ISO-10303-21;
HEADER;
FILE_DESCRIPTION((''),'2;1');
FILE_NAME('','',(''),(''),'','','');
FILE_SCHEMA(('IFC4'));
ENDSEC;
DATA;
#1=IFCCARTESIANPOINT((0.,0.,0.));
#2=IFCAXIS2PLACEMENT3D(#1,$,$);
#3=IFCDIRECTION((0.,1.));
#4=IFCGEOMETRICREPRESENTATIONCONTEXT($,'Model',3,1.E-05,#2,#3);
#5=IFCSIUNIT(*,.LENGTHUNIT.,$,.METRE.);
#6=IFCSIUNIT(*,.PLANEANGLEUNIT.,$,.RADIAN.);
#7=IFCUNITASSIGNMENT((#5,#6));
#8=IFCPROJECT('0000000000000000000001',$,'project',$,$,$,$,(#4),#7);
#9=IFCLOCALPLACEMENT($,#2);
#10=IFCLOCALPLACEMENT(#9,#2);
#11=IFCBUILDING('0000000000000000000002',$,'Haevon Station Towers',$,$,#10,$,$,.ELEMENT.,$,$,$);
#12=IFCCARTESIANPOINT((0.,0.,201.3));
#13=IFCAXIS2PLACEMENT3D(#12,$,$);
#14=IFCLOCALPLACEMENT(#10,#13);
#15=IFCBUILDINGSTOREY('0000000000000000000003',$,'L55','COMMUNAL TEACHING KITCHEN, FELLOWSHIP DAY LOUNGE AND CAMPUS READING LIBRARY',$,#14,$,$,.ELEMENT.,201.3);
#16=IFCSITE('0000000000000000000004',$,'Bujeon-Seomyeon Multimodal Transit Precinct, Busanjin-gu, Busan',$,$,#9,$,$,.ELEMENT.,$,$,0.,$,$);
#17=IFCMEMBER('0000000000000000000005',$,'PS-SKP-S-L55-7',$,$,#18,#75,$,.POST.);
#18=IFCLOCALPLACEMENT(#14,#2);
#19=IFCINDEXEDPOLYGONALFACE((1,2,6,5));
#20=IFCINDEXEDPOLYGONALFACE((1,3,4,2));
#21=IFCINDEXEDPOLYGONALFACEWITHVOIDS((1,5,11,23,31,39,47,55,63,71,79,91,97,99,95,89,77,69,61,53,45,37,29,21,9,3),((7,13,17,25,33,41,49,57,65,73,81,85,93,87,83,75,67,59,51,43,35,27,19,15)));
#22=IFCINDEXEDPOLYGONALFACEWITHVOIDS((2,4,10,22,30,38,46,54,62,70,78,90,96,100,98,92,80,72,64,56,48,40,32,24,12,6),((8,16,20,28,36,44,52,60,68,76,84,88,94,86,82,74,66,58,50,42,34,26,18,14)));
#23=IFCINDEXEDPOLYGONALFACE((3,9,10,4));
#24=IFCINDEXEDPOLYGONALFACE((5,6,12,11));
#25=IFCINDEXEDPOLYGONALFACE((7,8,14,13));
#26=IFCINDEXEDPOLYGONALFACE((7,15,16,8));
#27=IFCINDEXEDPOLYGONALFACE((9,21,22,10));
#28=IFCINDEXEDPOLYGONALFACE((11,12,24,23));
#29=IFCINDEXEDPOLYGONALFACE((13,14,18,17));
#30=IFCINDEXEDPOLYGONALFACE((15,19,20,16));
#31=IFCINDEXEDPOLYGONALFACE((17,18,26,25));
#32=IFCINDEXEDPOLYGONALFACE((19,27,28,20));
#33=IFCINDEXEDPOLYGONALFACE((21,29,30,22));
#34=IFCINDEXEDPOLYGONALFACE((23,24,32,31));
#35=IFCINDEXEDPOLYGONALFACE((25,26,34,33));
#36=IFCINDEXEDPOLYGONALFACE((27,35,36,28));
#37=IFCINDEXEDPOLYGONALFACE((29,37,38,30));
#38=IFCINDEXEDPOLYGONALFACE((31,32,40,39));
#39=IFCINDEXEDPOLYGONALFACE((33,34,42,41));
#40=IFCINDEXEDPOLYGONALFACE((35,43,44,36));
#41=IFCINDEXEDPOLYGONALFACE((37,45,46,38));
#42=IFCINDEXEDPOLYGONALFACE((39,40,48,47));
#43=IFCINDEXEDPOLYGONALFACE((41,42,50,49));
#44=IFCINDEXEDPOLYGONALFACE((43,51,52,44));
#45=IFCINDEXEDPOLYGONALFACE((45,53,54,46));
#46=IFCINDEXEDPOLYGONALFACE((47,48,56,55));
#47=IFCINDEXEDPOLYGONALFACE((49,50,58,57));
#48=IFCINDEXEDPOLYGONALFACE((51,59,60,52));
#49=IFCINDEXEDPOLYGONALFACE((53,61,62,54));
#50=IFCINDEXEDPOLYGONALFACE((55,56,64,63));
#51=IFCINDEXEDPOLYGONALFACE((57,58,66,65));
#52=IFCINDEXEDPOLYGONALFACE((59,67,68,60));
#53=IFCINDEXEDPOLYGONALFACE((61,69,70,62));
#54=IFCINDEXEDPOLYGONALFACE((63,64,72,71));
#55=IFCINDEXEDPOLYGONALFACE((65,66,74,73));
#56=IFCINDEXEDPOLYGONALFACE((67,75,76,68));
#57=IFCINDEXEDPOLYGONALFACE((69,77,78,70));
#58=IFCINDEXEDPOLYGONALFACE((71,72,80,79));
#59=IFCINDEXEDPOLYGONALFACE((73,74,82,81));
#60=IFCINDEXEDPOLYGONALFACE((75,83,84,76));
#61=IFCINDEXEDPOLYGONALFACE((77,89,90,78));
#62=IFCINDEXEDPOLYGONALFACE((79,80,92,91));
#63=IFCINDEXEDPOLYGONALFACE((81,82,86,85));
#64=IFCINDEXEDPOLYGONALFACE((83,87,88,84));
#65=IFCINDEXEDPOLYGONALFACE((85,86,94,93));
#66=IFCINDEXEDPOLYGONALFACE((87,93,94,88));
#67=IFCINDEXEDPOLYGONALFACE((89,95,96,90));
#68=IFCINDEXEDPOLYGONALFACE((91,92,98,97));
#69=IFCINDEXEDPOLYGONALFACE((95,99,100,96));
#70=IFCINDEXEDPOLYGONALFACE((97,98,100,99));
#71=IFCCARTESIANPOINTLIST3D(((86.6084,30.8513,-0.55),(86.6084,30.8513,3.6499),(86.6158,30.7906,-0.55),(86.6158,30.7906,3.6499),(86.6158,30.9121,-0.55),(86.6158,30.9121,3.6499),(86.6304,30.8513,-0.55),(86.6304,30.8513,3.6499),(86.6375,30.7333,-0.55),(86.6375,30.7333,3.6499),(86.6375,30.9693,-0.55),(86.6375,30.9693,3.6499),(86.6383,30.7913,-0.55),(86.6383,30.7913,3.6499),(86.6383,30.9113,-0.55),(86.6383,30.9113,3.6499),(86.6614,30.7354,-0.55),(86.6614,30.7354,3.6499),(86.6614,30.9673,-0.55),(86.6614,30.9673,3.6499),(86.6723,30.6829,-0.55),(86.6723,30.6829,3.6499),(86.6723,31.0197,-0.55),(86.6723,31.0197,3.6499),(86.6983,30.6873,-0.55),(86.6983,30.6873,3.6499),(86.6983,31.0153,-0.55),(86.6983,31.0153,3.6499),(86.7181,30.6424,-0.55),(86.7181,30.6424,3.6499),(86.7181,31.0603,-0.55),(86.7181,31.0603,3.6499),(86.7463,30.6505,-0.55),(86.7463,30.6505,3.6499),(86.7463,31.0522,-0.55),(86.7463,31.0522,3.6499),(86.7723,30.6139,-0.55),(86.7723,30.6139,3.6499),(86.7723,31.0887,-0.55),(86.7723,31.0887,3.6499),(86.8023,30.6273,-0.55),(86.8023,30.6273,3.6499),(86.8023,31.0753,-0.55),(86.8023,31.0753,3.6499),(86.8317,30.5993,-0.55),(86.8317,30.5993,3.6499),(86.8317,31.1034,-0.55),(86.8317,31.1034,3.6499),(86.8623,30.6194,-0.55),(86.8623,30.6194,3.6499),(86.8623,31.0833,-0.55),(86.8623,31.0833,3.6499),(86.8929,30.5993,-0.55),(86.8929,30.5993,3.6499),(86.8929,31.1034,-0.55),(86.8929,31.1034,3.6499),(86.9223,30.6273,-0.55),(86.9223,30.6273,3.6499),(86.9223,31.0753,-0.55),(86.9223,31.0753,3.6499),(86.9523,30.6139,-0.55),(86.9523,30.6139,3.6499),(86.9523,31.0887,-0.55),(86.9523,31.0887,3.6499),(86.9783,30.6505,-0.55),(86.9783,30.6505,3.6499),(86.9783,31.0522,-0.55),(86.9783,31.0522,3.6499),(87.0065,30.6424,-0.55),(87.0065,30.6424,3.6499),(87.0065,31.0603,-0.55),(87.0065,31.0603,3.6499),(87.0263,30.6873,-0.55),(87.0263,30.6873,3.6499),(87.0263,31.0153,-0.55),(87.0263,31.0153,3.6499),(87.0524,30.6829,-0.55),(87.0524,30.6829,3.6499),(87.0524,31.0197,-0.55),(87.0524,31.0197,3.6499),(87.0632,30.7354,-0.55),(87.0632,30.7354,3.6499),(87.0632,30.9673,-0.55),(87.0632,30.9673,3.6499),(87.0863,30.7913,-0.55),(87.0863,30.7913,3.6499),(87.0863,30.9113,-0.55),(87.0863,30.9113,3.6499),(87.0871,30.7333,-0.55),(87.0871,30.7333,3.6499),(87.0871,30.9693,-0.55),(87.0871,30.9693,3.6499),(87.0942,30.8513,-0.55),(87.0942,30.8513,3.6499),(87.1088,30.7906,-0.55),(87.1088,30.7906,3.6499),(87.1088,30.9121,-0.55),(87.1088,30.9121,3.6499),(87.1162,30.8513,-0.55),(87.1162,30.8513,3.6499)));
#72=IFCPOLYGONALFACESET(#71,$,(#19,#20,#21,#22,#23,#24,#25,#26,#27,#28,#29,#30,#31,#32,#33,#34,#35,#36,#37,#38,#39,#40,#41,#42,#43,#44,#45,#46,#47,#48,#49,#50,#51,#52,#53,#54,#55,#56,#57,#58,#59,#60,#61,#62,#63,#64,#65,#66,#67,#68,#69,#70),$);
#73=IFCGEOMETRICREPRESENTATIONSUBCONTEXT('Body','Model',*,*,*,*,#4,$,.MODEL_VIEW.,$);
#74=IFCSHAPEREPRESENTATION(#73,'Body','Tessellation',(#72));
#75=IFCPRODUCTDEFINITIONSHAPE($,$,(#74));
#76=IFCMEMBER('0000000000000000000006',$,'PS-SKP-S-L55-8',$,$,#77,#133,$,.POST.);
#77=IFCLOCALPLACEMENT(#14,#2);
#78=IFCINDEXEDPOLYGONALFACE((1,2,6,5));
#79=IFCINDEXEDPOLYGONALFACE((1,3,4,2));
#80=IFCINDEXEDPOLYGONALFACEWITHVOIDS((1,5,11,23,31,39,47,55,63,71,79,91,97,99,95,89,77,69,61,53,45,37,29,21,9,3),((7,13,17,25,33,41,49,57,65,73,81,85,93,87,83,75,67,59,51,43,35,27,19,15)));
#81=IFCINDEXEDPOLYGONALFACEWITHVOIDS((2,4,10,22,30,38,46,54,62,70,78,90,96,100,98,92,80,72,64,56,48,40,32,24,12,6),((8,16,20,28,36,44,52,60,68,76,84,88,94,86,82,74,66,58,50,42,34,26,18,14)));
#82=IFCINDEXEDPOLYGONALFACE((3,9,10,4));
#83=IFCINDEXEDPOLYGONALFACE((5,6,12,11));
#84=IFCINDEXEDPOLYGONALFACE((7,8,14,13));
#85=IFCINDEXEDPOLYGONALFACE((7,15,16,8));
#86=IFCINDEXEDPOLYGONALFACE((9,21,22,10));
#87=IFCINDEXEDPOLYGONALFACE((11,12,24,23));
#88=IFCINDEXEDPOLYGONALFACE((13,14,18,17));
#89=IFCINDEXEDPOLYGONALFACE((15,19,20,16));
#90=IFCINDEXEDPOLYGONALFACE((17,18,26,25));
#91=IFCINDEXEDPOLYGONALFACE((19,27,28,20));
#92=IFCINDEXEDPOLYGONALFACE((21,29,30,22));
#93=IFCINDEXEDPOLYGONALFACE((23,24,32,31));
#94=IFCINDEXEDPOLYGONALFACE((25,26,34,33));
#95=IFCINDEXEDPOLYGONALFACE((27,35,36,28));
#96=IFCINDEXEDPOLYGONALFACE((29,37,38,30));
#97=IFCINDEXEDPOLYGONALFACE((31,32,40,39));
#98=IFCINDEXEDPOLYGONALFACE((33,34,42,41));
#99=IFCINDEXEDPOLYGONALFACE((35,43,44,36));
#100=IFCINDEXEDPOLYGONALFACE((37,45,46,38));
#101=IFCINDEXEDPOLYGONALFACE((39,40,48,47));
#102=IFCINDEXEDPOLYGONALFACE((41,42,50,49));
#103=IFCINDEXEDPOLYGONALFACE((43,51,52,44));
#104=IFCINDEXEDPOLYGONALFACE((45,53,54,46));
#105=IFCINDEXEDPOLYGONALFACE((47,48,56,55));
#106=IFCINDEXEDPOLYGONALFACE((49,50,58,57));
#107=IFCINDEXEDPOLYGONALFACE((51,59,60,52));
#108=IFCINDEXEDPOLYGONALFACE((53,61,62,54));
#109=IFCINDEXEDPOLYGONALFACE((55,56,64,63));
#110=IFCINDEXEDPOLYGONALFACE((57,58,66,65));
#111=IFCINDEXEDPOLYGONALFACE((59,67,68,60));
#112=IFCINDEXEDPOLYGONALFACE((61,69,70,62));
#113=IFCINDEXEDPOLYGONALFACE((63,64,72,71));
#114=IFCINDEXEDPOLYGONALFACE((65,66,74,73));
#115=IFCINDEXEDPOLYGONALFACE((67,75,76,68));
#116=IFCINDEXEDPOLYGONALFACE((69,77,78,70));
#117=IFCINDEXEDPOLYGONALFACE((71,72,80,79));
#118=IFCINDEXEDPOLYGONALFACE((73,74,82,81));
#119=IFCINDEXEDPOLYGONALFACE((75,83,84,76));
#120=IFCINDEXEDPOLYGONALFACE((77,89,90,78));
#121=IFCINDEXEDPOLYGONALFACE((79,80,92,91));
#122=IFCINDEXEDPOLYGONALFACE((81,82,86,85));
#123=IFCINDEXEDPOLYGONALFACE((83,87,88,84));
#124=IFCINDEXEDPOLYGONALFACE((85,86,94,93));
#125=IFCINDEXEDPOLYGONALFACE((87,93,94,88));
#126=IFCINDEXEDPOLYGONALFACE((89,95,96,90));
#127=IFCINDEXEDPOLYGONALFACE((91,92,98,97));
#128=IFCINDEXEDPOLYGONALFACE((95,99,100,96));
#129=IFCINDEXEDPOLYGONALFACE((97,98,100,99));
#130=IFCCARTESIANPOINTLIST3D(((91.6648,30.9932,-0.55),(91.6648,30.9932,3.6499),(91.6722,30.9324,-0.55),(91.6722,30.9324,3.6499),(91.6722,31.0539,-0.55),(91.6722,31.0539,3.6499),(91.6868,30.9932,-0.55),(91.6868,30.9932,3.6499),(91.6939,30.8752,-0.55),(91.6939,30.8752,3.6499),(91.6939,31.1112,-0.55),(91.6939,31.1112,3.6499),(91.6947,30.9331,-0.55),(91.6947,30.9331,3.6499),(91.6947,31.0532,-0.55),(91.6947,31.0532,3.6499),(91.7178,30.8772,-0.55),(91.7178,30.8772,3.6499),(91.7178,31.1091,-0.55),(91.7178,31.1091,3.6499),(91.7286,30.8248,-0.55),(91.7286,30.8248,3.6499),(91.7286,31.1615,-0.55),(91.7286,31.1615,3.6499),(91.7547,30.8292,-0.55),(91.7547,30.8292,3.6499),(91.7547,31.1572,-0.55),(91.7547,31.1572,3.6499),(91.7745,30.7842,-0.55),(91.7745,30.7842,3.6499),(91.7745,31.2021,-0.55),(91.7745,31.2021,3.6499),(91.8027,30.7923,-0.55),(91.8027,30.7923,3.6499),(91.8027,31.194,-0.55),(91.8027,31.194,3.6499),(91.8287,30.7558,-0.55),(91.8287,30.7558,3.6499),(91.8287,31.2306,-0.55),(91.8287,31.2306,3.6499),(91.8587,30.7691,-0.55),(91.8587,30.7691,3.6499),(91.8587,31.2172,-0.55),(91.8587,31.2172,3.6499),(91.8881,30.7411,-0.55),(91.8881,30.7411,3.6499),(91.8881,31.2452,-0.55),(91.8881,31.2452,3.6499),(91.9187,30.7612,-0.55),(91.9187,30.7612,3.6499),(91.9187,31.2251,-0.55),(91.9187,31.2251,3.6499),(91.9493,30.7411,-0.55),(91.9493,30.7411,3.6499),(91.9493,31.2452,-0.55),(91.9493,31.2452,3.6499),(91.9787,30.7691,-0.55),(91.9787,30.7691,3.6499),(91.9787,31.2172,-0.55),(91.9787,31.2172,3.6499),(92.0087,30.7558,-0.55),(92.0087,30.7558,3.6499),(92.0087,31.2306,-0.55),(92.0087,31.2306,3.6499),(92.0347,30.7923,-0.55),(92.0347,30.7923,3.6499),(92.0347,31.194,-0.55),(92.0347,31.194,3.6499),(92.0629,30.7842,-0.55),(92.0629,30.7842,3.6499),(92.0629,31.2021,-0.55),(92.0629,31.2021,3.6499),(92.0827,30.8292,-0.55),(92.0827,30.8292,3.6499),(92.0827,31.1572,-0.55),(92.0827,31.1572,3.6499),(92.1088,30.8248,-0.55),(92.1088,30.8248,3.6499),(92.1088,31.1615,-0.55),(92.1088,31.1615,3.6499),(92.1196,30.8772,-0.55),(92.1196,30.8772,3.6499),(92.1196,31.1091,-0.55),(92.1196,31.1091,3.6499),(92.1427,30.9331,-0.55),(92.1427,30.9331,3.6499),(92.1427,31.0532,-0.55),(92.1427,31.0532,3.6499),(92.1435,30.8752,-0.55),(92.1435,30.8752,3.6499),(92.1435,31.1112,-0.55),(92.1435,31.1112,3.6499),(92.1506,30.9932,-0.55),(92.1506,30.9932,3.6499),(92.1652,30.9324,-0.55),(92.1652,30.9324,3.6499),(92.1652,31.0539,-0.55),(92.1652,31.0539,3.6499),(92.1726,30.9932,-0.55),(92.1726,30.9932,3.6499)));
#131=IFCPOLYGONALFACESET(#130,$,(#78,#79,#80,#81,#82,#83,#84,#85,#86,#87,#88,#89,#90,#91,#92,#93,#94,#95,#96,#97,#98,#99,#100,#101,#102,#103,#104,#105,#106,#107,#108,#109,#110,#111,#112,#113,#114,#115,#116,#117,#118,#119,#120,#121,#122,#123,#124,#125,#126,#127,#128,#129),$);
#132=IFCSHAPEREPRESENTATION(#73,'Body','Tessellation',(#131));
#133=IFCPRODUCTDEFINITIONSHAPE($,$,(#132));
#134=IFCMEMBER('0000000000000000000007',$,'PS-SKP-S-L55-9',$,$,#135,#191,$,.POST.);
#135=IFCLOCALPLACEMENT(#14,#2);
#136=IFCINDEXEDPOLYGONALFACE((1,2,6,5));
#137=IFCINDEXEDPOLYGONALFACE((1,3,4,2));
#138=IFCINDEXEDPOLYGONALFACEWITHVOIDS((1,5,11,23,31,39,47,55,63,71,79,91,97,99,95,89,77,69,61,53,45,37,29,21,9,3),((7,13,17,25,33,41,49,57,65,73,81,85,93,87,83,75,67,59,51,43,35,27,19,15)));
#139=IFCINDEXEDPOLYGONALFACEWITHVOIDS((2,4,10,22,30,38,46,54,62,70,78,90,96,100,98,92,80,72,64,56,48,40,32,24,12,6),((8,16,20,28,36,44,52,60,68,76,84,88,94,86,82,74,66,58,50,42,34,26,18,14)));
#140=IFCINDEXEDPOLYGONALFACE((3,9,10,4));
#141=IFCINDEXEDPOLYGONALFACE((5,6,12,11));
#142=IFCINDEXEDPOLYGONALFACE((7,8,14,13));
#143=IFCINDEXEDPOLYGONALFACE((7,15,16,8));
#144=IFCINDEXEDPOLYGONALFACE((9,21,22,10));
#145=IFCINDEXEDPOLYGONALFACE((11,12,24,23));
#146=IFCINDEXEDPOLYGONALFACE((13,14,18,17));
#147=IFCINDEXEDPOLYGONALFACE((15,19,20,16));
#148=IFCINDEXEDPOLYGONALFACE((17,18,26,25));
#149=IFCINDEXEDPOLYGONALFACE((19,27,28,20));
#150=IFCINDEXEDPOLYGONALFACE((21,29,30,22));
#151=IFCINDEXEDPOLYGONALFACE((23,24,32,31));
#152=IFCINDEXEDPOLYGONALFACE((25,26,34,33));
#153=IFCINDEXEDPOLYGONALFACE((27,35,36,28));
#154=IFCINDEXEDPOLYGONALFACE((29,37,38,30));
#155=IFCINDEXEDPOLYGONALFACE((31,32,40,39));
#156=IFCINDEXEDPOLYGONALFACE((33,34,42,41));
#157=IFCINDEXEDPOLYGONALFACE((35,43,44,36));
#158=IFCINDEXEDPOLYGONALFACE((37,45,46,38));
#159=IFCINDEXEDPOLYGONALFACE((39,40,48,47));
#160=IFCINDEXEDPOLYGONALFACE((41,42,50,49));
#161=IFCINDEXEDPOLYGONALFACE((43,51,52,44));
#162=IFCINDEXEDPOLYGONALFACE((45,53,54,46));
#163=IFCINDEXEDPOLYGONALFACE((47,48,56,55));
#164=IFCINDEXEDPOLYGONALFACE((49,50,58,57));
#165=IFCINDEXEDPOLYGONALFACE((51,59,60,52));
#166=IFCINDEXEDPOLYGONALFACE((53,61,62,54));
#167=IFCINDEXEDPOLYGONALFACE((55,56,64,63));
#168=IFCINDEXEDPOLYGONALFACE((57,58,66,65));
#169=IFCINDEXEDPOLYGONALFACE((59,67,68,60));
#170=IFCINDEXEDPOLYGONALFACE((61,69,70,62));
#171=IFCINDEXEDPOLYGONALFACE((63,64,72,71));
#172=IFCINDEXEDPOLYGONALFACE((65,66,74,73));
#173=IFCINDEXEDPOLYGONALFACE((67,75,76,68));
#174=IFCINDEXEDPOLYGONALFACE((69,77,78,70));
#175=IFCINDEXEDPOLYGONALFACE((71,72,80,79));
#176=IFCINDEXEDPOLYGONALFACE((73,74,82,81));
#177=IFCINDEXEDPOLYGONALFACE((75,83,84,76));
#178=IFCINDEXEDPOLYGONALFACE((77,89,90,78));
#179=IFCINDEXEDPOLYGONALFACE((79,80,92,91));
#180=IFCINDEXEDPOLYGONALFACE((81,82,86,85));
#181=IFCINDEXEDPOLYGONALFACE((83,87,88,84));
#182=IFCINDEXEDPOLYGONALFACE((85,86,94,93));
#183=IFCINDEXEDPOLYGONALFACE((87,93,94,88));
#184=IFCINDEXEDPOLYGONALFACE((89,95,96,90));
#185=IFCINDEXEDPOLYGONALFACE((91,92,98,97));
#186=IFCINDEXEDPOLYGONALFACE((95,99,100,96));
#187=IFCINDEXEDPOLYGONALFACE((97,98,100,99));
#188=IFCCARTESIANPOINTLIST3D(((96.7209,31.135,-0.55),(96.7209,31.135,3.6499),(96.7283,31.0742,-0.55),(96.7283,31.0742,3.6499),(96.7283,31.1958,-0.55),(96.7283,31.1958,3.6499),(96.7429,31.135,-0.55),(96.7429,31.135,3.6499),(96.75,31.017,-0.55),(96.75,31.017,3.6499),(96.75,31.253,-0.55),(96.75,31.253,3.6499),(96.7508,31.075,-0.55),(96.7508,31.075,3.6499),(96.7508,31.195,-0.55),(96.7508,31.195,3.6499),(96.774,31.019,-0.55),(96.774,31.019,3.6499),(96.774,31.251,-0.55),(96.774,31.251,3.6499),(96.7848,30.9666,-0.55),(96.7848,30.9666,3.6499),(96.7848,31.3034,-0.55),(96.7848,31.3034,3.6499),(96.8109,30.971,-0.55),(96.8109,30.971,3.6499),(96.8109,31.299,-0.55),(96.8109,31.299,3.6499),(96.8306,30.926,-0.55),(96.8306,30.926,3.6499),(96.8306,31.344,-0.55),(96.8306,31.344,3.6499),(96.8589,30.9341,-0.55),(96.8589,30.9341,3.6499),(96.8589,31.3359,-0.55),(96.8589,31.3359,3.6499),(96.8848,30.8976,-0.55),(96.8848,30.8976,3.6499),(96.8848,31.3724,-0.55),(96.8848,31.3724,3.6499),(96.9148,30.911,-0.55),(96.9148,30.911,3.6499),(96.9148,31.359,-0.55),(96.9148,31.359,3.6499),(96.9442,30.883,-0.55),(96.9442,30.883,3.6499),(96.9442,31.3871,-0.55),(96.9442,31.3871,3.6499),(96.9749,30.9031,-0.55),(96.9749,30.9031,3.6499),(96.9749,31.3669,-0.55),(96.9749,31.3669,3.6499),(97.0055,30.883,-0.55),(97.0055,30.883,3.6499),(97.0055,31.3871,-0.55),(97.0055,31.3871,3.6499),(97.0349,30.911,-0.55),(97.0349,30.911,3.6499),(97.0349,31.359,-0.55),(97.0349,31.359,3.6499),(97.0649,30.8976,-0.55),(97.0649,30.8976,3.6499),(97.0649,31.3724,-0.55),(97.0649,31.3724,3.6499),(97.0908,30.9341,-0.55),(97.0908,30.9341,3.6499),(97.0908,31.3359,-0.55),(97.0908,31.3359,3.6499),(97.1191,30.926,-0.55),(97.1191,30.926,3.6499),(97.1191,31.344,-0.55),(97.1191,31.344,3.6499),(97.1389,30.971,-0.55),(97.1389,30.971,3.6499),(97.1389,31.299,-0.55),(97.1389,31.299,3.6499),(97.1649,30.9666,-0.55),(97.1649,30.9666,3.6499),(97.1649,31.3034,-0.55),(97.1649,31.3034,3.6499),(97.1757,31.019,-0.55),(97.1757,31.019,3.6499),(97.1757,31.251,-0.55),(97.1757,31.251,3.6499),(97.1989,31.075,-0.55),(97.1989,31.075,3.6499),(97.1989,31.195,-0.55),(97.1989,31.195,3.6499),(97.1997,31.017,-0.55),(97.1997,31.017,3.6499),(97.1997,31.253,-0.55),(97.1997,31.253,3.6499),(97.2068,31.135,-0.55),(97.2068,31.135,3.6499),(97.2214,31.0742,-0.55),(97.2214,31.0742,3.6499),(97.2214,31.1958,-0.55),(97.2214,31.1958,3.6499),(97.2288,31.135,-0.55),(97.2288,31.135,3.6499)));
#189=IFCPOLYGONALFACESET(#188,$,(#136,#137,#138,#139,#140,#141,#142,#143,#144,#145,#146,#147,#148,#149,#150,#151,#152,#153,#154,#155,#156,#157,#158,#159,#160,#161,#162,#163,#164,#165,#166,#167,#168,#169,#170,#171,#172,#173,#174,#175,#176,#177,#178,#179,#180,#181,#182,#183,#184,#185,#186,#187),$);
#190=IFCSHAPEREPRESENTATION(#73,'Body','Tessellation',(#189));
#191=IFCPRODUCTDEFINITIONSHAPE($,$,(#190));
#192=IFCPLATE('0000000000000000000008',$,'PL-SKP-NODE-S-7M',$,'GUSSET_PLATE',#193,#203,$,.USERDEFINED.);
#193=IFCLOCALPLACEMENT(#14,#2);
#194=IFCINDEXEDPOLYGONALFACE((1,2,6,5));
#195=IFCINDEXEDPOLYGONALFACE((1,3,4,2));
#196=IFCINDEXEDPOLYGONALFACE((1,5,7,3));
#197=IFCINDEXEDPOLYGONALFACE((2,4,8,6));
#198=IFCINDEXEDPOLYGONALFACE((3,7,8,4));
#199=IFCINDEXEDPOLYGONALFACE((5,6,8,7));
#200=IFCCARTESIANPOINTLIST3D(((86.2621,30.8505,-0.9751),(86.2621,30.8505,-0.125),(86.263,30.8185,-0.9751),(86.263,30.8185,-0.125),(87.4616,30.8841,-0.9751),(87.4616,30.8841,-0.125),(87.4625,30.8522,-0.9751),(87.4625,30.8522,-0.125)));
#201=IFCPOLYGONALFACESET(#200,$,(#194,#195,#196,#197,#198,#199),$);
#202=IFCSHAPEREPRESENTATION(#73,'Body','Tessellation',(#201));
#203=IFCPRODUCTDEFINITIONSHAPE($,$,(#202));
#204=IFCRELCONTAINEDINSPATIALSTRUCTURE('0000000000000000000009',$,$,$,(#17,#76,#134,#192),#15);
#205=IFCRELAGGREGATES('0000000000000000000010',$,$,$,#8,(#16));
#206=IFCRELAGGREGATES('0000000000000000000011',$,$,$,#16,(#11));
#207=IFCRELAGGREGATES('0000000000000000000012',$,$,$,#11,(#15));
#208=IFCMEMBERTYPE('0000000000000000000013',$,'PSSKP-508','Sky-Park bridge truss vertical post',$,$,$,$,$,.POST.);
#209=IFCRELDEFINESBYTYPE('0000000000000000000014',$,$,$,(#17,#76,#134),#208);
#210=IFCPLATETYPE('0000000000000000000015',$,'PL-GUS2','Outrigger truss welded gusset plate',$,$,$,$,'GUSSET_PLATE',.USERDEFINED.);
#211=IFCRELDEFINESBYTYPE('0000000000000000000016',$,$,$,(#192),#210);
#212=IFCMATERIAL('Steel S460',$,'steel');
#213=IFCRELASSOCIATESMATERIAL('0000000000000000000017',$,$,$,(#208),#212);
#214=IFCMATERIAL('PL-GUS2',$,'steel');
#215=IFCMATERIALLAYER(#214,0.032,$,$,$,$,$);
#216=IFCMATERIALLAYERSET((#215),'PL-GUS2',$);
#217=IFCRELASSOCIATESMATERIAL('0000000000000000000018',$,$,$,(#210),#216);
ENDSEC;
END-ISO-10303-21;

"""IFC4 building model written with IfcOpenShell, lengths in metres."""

from ifc_helpers import new_model, si_unit, direction, frame, origin, origin_2d, place, context, subcontext, project, spatial, rectangle, hollow_circle, extrude, material, layer, layer_set, material_profile, profile_set, type_object, element, save


model = new_model("IFC4")

# Units and contexts
model_context = context("Model", 3, precision=1e-05, world=origin(), true_north=direction((0.0, 1.0)))
body_context = subcontext(model_context, "Body", "Model", "MODEL_VIEW")
ifc_project = project(units=[si_unit("LENGTHUNIT", "METRE"), si_unit("PLANEANGLEUNIT", "RADIAN")], contexts=[model_context])

# Site, building, storey
site_placement = place(None, origin())
site = spatial("IfcSite", under=ifc_project, at=site_placement, Name="Bujeon-Seomyeon Multimodal Transit Precinct, Busanjin-gu, Busan", CompositionType="ELEMENT", RefElevation=0.0)
building_placement = place(site_placement, origin())
building = spatial("IfcBuilding", under=site, at=building_placement, Name="Haevon Station Towers", CompositionType="ELEMENT")
storey_placement = place(building_placement, frame((0.0, 0.0, 201.3)))
storey = spatial("IfcBuildingStorey", under=building, at=storey_placement, Name="L55", Description="COMMUNAL TEACHING KITCHEN, FELLOWSHIP DAY LOUNGE AND CAMPUS READING LIBRARY", CompositionType="ELEMENT", Elevation=201.3)

# Shared definitions
ifc_material_1 = material(Name="Steel S460", Category="steel")

# Members
ifc_material_profile_1 = material_profile(ifc_material_1, hollow_circle(Radius=0.2539, WallThickness=0.022, at=origin_2d()), Name="CHS-508x22")
ifc_profile_set_1 = profile_set([ifc_material_profile_1], Name="Steel S460")
member_type_1 = type_object("IfcMemberType", Name="PSSKP-508", Description="Sky-Park bridge truss vertical post", PredefinedType="POST", material=ifc_profile_set_1)
for number, where, z_axis, x_axis, name in (
    (1, (86.8623, 30.8513, -0.55), (0.0, 0.0, 1.0), (1.0, 0.0, 0.0), "PS-SKP-S-L55-7"),
    (2, (91.9187, 30.9932, -0.55), (0.0, 0.0, 1.0), (1.0, 0.0, 0.0), "PS-SKP-S-L55-8"),
    (3, (96.9749, 31.135, -0.55), (0.0, 0.0, 1.0), (1.0, 0.0, 0.0), "PS-SKP-S-L55-9"),
):
    element("IfcMember", number, at=place(storey_placement, frame(where, z_axis=z_axis, x_axis=x_axis)), inside=storey, type_object=member_type_1, Name=name, PredefinedType="POST", context=body_context, shape_type="SweptSolid", body=[
        extrude(hollow_circle(Radius=0.2539, WallThickness=0.022, at=origin_2d()), origin(), (0.0, 0.0, 1.0), 4.2),
    ])

# Plate
ifc_material_2 = material(Name="PL-GUS2", Category="steel")
ifc_layer_1 = layer(ifc_material_2, 0.032)
ifc_layer_set_1 = layer_set([ifc_layer_1], Name="PL-GUS2")
plate_type = type_object("IfcPlateType", Name="PL-GUS2", Description="Outrigger truss welded gusset plate", ElementType="GUSSET_PLATE", PredefinedType="USERDEFINED", material=ifc_layer_set_1)
for number, where, z_axis, x_axis, name in (
    (4, (86.8623, 30.8513, -0.9751), (0.0, 0.0, 1.0), (0.999607, 0.028049, 0.0), "PL-SKP-NODE-S-7M"),
):
    element("IfcPlate", number, at=place(storey_placement, frame(where, z_axis=z_axis, x_axis=x_axis)), inside=storey, type_object=plate_type, Name=name, ObjectType="GUSSET_PLATE", PredefinedType="USERDEFINED", context=body_context, shape_type="SweptSolid", body=[
        extrude(rectangle(XDim=1.2, YDim=0.032, at=origin_2d()), origin(), (0.0, 0.0, 1.0), 0.8501),
    ])

save(model, "model.ifc")
